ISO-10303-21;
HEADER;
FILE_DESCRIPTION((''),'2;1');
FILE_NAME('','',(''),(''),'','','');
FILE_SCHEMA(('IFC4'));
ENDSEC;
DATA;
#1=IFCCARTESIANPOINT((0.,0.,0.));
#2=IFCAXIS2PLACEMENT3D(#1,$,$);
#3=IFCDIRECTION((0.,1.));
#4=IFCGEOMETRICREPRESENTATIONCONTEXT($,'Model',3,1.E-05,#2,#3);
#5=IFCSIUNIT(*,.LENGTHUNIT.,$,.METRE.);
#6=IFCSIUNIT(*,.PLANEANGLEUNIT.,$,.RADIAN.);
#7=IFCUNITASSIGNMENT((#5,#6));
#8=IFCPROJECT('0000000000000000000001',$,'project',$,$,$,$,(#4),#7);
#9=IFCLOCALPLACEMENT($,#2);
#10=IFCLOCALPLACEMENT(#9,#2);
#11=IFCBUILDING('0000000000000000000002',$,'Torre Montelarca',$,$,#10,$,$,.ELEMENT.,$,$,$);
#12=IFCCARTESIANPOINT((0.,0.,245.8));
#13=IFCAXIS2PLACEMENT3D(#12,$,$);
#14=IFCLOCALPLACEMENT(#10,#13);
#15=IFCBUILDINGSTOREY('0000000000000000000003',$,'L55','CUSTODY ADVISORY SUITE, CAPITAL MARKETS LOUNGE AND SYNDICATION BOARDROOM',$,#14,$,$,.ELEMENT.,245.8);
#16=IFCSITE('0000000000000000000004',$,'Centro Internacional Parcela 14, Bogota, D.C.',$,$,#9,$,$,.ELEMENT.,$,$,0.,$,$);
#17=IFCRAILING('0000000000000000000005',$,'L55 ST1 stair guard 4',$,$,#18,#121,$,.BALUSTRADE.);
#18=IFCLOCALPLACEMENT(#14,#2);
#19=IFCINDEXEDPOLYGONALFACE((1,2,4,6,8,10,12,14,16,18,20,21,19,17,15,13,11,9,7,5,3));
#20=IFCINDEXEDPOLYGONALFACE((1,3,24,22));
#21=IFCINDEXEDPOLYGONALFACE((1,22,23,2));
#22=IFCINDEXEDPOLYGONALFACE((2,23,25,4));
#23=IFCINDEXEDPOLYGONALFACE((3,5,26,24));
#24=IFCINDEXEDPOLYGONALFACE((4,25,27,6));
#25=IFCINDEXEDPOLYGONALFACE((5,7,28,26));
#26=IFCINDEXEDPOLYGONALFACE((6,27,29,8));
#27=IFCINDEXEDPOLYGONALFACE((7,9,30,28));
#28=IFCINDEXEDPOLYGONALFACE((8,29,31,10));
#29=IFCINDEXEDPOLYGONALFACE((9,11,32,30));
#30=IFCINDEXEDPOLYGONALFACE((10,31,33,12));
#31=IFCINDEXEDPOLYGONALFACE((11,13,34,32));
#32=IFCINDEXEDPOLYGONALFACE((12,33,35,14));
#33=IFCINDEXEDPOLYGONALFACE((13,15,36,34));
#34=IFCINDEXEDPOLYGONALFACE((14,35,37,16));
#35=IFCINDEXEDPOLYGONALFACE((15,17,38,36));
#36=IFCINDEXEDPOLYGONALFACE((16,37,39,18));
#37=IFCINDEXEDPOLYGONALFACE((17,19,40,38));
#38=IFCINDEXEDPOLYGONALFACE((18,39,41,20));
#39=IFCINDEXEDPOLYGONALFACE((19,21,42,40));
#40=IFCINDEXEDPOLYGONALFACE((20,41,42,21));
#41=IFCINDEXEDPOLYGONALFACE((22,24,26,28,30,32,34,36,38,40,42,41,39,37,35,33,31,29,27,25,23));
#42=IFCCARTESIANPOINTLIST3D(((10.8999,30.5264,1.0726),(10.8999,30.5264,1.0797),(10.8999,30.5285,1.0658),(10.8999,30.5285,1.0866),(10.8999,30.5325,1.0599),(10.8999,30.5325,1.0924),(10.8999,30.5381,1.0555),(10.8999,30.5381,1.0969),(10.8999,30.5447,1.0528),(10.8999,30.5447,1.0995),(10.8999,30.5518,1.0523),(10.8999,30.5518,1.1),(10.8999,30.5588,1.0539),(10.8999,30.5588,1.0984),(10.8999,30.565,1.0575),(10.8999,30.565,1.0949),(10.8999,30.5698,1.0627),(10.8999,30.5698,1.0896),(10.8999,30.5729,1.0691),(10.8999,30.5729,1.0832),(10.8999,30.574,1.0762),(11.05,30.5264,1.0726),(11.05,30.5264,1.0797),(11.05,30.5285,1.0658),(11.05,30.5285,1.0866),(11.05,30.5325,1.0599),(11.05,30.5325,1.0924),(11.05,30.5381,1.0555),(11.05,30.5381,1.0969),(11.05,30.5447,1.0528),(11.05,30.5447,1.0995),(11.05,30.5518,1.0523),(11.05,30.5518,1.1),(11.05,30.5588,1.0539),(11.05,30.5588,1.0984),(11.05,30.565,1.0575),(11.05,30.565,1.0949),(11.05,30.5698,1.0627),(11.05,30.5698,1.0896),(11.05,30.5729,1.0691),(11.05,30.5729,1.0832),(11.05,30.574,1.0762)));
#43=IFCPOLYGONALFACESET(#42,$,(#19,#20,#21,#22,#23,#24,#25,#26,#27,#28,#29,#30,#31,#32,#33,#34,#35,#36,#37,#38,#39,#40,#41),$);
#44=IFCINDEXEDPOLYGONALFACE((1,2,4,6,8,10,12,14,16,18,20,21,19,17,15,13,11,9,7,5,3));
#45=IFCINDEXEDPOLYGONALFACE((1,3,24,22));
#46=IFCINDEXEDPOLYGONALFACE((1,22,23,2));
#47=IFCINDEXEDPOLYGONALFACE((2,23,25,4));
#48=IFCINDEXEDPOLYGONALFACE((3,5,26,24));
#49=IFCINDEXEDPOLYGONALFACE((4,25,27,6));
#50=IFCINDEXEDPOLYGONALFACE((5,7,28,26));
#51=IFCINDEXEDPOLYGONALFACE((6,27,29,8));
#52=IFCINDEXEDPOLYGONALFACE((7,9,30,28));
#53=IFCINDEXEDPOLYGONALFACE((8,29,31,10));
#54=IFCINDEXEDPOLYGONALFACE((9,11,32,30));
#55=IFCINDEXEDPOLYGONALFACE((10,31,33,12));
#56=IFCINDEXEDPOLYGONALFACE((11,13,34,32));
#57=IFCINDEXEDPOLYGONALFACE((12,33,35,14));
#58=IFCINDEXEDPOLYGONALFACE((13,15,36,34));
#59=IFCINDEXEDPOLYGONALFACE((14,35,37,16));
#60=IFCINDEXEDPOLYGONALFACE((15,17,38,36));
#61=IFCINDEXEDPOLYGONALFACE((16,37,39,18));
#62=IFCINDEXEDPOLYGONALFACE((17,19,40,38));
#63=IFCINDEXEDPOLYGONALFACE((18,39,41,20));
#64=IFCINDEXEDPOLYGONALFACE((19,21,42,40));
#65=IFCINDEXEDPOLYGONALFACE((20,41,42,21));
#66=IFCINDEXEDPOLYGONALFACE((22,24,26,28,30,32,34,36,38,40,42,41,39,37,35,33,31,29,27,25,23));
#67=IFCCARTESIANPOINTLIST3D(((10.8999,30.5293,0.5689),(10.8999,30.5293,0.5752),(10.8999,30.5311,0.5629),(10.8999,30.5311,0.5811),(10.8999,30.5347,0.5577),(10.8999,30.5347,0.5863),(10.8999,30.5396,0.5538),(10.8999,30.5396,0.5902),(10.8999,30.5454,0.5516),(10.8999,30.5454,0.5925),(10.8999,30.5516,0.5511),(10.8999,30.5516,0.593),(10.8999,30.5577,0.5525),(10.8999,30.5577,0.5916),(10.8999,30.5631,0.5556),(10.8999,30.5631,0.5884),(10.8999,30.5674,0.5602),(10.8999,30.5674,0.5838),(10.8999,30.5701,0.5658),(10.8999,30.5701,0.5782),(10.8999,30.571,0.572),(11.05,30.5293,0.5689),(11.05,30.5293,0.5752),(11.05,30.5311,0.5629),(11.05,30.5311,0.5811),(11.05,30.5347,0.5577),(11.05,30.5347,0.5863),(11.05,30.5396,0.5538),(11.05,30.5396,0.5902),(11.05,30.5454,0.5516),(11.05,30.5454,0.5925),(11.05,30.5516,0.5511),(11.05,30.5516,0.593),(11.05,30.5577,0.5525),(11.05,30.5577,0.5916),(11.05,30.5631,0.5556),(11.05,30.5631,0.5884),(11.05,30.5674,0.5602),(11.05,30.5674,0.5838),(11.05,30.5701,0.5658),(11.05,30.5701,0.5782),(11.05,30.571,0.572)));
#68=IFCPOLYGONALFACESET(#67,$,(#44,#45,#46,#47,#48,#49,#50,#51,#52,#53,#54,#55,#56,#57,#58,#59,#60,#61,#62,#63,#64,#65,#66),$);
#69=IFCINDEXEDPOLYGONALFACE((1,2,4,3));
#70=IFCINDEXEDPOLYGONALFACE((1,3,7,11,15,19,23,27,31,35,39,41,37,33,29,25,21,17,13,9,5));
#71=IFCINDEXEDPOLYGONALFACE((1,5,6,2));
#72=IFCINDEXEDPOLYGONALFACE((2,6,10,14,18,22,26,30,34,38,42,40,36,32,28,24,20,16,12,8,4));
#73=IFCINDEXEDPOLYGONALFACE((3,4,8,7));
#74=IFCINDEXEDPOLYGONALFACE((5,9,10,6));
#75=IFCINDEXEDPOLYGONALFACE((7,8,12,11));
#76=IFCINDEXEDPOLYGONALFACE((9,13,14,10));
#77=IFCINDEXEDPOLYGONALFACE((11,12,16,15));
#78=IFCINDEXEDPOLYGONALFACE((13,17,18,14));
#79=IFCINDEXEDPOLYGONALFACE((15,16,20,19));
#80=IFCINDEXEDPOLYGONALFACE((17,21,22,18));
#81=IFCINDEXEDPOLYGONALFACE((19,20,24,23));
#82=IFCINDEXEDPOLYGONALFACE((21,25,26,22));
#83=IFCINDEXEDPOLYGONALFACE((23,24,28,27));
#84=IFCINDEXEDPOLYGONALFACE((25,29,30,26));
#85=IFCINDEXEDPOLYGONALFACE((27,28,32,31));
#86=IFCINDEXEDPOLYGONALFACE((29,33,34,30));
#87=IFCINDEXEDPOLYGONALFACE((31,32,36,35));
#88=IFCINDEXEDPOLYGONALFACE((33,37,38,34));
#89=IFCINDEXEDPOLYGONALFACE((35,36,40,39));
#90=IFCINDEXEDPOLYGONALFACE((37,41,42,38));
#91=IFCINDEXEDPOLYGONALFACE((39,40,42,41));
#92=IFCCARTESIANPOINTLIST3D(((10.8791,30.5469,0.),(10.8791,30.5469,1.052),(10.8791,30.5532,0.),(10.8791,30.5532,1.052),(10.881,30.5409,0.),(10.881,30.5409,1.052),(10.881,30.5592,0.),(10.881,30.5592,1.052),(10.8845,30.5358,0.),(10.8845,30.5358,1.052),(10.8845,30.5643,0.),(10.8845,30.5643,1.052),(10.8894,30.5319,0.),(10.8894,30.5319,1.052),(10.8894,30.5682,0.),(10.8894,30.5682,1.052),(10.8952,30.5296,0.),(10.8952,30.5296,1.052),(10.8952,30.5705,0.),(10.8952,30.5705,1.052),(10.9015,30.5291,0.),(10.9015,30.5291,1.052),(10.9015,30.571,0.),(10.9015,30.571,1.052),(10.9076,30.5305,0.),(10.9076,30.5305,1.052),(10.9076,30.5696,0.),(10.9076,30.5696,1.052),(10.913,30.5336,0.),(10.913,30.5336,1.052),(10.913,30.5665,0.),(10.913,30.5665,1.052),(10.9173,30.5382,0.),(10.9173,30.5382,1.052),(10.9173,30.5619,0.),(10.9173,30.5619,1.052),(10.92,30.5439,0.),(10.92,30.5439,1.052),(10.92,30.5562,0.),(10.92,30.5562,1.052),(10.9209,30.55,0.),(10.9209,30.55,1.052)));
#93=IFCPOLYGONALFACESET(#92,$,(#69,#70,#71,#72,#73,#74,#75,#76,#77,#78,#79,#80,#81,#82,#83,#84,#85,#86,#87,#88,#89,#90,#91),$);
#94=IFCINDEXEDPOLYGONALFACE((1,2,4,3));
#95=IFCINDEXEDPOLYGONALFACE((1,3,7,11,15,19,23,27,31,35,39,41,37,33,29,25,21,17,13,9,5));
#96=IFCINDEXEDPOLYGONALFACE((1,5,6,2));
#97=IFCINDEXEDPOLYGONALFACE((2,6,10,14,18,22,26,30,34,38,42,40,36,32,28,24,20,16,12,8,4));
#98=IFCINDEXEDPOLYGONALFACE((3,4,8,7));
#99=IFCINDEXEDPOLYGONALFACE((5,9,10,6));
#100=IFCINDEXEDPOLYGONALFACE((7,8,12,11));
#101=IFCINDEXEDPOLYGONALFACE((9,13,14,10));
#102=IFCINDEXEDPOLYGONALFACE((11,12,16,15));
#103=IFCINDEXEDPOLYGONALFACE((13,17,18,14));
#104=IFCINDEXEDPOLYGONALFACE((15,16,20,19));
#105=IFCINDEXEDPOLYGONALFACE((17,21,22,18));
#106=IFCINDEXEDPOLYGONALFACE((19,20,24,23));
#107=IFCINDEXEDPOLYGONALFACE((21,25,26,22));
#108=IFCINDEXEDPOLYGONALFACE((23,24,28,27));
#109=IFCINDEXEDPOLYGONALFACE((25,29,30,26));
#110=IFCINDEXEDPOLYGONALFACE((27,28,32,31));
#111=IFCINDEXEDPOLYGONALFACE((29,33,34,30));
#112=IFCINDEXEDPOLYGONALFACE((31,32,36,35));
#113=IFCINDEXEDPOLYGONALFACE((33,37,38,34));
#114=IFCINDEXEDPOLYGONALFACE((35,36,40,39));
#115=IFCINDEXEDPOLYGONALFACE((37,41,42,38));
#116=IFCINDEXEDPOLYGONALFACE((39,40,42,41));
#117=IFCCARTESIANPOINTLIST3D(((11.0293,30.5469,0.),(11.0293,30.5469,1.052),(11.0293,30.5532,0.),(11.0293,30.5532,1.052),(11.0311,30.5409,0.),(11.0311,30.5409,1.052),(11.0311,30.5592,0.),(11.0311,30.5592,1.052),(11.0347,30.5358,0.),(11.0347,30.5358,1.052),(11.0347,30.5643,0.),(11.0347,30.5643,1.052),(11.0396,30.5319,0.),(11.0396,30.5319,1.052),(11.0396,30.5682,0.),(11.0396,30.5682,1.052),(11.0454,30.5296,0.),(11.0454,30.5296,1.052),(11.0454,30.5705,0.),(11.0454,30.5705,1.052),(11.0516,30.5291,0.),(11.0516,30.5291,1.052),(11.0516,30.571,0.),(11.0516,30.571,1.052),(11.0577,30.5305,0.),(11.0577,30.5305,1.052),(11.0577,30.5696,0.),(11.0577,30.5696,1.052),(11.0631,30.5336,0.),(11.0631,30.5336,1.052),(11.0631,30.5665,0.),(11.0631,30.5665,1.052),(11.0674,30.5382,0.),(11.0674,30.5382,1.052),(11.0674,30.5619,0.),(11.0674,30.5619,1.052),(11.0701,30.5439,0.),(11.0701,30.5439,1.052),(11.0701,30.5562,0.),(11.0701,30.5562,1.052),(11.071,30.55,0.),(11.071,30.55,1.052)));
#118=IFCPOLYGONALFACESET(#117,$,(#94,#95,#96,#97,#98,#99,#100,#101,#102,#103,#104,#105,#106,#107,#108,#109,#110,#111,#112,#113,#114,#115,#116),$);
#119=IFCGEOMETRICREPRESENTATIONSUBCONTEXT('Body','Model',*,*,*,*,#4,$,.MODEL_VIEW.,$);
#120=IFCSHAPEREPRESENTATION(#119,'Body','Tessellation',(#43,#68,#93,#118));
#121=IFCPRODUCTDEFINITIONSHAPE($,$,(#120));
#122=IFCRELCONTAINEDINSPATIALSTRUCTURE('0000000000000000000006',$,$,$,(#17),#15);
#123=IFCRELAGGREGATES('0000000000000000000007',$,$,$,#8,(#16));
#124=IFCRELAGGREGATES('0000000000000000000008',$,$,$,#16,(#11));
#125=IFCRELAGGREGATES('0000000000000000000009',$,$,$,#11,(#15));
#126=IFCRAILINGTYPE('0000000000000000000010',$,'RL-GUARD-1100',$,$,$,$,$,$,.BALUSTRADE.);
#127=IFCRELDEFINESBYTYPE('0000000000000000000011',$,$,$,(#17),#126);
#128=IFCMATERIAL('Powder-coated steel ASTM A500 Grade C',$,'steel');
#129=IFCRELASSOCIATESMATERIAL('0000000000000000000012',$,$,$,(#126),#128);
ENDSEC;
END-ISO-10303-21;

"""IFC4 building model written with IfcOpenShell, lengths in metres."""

from ifc_helpers import new_model, si_unit, direction, frame, origin, origin_2d, place, context, subcontext, project, spatial, circle, extrude, material, type_object, element, save


model = new_model("IFC4")

# Units and contexts
model_context = context("Model", 3, precision=1e-05, world=origin(), true_north=direction((0.0, 1.0)))
body_context = subcontext(model_context, "Body", "Model", "MODEL_VIEW")
ifc_project = project(units=[si_unit("LENGTHUNIT", "METRE"), si_unit("PLANEANGLEUNIT", "RADIAN")], contexts=[model_context])

# Site, building, storey
site_placement = place(None, origin())
site = spatial("IfcSite", under=ifc_project, at=site_placement, Name="Centro Internacional Parcela 14, Bogota, D.C.", CompositionType="ELEMENT", RefElevation=0.0)
building_placement = place(site_placement, origin())
building = spatial("IfcBuilding", under=site, at=building_placement, Name="Torre Montelarca", CompositionType="ELEMENT")
storey_placement = place(building_placement, frame((0.0, 0.0, 245.8)))
storey = spatial("IfcBuildingStorey", under=building, at=storey_placement, Name="L55", Description="CUSTODY ADVISORY SUITE, CAPITAL MARKETS LOUNGE AND SYNDICATION BOARDROOM", CompositionType="ELEMENT", Elevation=245.8)

# Railing
ifc_material_1 = material(Name="Powder-coated steel ASTM A500 Grade C", Category="steel")
railing_type_1 = type_object("IfcRailingType", Name="RL-GUARD-1100", PredefinedType="BALUSTRADE", material=ifc_material_1)
railing_1_placement = place(storey_placement, frame((10.8999, 30.55, 0.0)))
element("IfcRailing", 1, at=railing_1_placement, inside=storey, type_object=railing_type_1, Name="L55 ST1 stair guard 4", PredefinedType="BALUSTRADE", context=body_context, shape_type="SweptSolid", body=[
    extrude(circle(Radius=0.0239, at=origin_2d()), frame((0.0, 0.0, 1.0762), z_axis=(1.0, 0.0, 0.0), x_axis=(0.0, 1.0, 0.0)), (0.0, 0.0, 1.0), 0.1501),
    extrude(circle(Radius=0.021, at=origin_2d()), frame((0.0, 0.0, 0.572), z_axis=(1.0, 0.0, 0.0), x_axis=(0.0, 1.0, 0.0)), (0.0, 0.0, 1.0), 0.1501),
    extrude(circle(Radius=0.021, at=origin_2d()), origin(), (0.0, 0.0, 1.0), 1.052),
    extrude(circle(Radius=0.021, at=origin_2d()), frame((0.1501, 0.0, 0.0)), (0.0, 0.0, 1.0), 1.052),
])

save(model, "model.ifc")
